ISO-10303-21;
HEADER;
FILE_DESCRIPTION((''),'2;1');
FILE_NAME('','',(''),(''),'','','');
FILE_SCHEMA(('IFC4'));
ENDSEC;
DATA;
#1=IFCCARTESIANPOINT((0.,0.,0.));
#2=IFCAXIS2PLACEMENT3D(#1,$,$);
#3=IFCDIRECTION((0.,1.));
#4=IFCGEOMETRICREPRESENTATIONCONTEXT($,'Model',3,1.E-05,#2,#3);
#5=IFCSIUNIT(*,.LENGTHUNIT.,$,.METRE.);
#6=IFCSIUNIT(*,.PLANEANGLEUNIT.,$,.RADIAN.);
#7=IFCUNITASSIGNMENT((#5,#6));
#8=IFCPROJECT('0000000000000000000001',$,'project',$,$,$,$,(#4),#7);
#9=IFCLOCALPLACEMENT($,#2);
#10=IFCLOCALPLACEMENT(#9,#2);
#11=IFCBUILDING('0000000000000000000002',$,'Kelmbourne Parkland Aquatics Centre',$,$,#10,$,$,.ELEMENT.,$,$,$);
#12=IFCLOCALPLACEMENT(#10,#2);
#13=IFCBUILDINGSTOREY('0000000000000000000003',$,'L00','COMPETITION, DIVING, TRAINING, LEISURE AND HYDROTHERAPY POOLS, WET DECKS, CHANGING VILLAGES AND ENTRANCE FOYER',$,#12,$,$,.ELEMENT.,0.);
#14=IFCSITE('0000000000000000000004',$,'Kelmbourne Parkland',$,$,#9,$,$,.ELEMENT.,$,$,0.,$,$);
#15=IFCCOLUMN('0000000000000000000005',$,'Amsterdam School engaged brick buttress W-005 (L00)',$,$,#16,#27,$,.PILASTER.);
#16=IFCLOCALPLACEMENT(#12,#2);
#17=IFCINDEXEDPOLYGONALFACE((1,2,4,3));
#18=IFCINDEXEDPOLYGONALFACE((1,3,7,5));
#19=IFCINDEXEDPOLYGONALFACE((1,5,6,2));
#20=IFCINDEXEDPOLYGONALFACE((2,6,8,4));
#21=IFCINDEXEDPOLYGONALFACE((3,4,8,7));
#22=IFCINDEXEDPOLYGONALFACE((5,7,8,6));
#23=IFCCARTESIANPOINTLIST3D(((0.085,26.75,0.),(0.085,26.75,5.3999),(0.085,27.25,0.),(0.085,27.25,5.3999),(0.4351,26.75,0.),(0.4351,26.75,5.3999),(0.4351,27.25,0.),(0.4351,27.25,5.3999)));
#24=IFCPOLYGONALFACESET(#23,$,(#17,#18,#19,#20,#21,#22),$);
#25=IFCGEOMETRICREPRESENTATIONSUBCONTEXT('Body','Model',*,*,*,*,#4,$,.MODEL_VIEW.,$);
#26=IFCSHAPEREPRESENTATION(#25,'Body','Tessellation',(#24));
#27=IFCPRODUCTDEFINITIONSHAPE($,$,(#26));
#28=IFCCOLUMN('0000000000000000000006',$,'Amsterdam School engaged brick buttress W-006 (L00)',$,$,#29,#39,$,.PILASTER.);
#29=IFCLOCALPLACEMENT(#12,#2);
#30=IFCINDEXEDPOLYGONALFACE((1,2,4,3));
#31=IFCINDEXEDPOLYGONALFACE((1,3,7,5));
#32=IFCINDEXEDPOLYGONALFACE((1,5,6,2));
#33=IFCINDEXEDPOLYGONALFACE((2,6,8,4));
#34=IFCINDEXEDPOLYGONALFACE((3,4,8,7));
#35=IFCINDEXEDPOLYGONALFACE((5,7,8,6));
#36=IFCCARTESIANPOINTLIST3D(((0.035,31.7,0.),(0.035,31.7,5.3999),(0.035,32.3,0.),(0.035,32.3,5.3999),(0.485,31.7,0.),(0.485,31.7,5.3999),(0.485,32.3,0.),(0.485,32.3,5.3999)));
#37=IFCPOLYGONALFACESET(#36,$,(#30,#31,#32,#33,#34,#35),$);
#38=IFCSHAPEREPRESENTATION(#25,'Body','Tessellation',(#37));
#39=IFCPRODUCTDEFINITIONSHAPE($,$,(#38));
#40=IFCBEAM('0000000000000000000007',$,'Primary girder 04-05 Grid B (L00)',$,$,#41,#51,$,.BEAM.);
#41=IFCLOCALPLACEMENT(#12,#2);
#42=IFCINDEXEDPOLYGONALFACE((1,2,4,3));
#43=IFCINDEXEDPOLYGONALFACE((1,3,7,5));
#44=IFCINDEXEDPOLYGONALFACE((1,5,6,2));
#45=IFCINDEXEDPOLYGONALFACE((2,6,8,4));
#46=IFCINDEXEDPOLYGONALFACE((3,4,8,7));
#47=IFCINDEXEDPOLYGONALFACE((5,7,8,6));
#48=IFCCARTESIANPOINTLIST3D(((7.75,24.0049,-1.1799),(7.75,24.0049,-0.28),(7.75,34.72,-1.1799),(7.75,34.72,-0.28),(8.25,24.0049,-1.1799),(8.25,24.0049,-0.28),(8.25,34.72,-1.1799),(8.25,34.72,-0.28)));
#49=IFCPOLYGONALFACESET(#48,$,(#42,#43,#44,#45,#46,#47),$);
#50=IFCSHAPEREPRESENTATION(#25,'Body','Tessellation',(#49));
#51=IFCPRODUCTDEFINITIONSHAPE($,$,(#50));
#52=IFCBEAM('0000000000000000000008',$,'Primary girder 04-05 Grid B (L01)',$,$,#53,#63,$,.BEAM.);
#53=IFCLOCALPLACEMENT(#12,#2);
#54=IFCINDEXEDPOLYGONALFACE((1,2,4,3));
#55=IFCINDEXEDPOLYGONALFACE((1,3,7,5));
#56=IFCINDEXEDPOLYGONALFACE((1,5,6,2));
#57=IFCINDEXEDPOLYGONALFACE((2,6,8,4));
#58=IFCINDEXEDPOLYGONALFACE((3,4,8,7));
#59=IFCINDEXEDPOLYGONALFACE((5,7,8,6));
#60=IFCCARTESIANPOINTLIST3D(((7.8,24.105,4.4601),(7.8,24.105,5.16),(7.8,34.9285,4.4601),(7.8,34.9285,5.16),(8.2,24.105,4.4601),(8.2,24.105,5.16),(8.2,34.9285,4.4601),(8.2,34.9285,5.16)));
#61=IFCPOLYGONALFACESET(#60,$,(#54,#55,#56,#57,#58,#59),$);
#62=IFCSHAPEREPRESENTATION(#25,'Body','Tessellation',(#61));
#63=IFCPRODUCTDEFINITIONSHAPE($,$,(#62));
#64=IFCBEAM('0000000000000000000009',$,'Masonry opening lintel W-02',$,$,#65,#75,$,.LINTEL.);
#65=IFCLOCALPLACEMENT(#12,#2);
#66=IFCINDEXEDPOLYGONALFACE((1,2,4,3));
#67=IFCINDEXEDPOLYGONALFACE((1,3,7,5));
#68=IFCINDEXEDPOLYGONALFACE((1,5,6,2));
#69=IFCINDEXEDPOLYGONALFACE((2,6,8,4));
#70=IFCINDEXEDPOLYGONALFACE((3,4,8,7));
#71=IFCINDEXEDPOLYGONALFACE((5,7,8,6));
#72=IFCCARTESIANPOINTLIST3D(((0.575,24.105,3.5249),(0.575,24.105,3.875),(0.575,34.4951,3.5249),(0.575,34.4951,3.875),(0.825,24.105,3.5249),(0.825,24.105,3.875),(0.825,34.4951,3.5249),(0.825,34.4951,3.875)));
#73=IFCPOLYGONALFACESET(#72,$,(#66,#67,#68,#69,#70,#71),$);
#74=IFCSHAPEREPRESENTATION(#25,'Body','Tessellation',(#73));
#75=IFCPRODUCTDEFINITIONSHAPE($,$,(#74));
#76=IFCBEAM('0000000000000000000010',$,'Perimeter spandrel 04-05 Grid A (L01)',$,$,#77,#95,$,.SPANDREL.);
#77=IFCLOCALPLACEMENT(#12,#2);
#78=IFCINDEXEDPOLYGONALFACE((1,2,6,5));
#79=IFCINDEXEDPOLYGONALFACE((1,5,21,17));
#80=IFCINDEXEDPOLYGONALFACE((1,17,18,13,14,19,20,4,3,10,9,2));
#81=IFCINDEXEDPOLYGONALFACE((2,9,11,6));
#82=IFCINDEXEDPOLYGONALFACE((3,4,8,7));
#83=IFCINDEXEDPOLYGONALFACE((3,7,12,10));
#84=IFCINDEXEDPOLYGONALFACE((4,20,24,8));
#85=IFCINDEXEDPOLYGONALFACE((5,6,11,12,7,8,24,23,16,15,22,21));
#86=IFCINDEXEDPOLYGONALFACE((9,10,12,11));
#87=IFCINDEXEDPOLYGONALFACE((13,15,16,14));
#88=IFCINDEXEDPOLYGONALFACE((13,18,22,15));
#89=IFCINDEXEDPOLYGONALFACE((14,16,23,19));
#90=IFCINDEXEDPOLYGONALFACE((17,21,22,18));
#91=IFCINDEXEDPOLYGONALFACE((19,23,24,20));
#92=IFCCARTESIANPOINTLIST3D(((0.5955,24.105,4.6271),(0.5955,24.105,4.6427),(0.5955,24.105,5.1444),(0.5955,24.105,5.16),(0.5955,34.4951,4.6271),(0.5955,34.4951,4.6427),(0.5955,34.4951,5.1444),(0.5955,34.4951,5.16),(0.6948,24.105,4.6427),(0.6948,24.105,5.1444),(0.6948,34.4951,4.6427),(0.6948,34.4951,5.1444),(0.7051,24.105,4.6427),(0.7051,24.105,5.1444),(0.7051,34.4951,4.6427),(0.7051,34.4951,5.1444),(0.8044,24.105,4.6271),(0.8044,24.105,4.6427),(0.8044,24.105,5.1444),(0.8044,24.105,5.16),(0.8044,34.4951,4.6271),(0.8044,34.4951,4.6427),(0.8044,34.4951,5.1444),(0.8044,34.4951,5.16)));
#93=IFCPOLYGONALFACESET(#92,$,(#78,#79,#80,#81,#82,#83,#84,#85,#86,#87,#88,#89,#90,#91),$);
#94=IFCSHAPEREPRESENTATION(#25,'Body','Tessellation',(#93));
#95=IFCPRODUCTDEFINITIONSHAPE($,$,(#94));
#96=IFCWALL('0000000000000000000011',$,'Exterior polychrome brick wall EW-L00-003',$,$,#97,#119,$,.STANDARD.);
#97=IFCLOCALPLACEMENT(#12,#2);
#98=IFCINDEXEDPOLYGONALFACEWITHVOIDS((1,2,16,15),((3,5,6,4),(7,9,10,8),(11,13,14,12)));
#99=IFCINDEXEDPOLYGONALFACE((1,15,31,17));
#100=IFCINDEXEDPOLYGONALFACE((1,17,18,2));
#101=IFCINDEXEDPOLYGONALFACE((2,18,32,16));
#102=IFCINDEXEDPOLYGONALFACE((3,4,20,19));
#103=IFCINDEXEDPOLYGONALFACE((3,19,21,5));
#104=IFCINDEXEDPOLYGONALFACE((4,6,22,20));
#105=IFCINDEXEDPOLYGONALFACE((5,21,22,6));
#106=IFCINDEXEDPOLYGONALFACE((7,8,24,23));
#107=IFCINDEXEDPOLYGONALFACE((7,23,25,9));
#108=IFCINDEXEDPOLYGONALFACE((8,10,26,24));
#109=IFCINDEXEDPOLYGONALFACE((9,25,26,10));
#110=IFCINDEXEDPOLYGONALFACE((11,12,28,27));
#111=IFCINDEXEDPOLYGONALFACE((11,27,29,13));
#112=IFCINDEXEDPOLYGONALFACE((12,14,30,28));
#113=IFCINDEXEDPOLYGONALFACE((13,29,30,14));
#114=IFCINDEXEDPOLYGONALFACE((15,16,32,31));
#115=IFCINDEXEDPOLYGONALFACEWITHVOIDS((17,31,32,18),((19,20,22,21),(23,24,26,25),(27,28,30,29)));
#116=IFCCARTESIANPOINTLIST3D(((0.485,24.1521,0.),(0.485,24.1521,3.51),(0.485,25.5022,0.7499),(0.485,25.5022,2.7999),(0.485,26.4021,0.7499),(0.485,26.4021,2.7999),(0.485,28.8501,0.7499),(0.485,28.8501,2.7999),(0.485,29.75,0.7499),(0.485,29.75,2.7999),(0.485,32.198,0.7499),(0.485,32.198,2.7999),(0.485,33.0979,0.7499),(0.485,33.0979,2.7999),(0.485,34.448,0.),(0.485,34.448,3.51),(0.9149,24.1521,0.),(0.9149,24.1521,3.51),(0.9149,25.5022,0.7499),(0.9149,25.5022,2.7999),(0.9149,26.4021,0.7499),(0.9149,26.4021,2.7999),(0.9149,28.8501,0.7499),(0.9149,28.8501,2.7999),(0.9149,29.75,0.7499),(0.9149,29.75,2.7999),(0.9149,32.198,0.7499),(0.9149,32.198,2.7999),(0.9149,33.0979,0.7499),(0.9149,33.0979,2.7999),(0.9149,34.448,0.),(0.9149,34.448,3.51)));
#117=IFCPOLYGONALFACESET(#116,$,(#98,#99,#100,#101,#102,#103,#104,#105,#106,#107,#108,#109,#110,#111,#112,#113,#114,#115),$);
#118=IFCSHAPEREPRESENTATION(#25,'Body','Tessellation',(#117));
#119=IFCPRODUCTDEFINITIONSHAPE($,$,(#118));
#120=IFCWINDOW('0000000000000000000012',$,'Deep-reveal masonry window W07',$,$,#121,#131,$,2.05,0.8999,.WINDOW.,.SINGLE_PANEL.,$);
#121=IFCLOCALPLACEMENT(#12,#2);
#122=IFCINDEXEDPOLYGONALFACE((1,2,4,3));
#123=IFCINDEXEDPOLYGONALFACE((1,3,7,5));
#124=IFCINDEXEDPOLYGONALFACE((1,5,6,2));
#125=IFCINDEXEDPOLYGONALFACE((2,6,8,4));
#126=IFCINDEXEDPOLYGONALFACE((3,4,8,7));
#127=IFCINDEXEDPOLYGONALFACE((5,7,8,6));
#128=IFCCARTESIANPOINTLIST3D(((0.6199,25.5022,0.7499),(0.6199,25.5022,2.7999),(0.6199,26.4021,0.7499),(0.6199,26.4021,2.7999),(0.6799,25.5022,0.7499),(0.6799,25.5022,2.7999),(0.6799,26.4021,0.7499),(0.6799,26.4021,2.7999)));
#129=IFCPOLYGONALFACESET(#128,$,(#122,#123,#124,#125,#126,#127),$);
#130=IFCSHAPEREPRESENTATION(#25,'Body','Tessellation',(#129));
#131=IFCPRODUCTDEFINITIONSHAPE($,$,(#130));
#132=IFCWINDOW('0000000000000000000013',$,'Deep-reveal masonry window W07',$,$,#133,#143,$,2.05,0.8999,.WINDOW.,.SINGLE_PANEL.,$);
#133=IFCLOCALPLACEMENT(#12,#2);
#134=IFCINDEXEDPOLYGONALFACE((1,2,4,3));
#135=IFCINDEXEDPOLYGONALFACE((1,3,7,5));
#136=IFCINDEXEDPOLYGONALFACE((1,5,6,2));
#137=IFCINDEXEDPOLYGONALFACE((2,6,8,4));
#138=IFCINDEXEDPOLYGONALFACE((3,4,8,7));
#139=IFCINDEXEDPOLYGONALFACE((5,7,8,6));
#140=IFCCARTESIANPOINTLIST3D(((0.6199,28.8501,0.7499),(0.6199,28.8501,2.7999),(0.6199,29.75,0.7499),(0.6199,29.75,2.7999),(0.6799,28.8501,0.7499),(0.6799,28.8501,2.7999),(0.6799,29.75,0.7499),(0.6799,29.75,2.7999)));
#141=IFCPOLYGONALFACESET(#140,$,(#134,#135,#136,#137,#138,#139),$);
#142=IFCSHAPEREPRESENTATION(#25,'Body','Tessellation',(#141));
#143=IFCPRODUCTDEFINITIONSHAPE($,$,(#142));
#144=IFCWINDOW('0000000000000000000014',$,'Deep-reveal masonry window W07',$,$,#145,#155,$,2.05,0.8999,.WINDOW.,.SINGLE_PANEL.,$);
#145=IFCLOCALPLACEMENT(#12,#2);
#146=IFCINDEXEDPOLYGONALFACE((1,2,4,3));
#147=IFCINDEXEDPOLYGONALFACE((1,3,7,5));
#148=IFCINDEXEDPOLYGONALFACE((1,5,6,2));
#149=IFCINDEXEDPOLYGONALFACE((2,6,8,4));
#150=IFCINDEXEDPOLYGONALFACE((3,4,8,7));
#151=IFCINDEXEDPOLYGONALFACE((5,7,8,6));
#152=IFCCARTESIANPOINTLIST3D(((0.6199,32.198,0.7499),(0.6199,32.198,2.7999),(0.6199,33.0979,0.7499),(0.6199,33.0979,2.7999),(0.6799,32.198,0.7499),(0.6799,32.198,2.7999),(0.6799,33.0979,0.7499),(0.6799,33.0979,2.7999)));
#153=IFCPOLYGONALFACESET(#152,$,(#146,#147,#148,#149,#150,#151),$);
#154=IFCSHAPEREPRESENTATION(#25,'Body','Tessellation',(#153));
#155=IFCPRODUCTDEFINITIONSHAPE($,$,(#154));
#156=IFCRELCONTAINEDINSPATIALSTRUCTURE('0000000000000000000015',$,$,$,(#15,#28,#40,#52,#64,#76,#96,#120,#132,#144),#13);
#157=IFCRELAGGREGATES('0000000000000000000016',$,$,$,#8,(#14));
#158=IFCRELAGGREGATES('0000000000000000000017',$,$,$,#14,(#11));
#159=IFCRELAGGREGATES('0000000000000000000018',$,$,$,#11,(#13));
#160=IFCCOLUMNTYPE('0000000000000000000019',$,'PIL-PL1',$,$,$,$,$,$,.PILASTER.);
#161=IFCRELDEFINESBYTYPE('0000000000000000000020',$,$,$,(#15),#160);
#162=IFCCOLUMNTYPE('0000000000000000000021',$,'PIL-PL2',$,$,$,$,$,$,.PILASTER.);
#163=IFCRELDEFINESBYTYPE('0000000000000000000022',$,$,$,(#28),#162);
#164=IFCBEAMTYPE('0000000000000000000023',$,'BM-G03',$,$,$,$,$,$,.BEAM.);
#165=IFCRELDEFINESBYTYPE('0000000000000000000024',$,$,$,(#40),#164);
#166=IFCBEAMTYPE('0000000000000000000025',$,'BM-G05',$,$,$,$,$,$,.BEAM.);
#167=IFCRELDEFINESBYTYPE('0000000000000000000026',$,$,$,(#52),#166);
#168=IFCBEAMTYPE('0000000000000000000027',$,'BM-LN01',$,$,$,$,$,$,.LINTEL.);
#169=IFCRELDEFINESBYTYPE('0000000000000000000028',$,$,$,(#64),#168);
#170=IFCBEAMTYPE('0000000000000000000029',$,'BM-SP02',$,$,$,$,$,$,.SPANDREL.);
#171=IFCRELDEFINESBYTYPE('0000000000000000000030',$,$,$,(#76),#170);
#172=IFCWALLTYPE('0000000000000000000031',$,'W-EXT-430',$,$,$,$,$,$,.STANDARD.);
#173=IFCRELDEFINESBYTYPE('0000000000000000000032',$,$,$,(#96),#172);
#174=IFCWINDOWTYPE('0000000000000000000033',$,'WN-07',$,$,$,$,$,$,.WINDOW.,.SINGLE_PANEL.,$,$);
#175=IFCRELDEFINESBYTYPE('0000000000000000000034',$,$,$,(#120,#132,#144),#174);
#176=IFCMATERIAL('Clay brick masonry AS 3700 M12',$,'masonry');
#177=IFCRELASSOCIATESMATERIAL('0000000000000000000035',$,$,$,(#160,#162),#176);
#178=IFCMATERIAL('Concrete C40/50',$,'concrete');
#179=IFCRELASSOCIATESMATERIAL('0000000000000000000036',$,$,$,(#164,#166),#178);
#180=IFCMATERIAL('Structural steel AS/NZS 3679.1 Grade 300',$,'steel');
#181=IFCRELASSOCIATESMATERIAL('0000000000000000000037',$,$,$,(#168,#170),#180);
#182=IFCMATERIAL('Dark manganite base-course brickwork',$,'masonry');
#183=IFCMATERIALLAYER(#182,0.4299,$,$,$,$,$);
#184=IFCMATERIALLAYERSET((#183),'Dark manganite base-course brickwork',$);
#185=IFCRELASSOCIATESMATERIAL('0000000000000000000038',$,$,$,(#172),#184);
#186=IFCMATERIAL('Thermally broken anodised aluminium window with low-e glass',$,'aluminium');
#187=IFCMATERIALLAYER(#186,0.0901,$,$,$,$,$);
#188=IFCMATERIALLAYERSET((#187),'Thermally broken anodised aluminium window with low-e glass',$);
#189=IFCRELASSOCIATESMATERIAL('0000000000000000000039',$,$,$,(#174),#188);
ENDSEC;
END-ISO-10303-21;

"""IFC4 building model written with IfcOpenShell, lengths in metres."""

from ifc_helpers import new_model, si_unit, direction, frame, frame_2d, origin, origin_2d, place, context, subcontext, project, spatial, rectangle, i_section, extrude, material, layer, layer_set, material_profile, profile_set, type_object, element, fill, save


model = new_model("IFC4")

# Units and contexts
model_context = context("Model", 3, precision=1e-05, world=origin(), true_north=direction((0.0, 1.0)))
body_context = subcontext(model_context, "Body", "Model", "MODEL_VIEW")
ifc_project = project(units=[si_unit("LENGTHUNIT", "METRE"), si_unit("PLANEANGLEUNIT", "RADIAN")], contexts=[model_context])

# Site, building, storey
site_placement = place(None, origin())
site = spatial("IfcSite", under=ifc_project, at=site_placement, Name="Kelmbourne Parkland", CompositionType="ELEMENT", RefElevation=0.0)
building_placement = place(site_placement, origin())
building = spatial("IfcBuilding", under=site, at=building_placement, Name="Kelmbourne Parkland Aquatics Centre", CompositionType="ELEMENT")
storey_placement = place(building_placement, origin())
storey = spatial("IfcBuildingStorey", under=building, at=storey_placement, Name="L00", Description="COMPETITION, DIVING, TRAINING, LEISURE AND HYDROTHERAPY POOLS, WET DECKS, CHANGING VILLAGES AND ENTRANCE FOYER", CompositionType="ELEMENT", Elevation=0.0)

# Columns
ifc_material_1 = material(Name="Clay brick masonry AS 3700 M12", Category="masonry")
ifc_material_profile_1 = material_profile(ifc_material_1, rectangle(XDim=0.3501, YDim=0.5, at=origin_2d()), Name="PIL 350x500")
ifc_profile_set_1 = profile_set([ifc_material_profile_1], Name="Clay brick masonry AS 3700 M12")
column_type_1 = type_object("IfcColumnType", Name="PIL-PL1", PredefinedType="PILASTER", material=ifc_profile_set_1)
column_1_placement = place(storey_placement, frame((0.26, 27.0, 0.0), z_axis=(0.0, 0.0, 1.0), x_axis=(1.0, 0.0, 0.0)))
element("IfcColumn", 1, at=column_1_placement, inside=storey, type_object=column_type_1, Name="Amsterdam School engaged brick buttress W-005 (L00)", PredefinedType="PILASTER", context=body_context, shape_type="SweptSolid", body=[
    extrude(rectangle(XDim=0.3501, YDim=0.5, at=origin_2d()), origin(), (0.0, 0.0, 1.0), 5.3999),
])
ifc_material_profile_2 = material_profile(ifc_material_1, rectangle(XDim=0.45, YDim=0.6001, at=origin_2d()), Name="PIL 450x600")
ifc_profile_set_2 = profile_set([ifc_material_profile_2], Name="Clay brick masonry AS 3700 M12")
column_type_2 = type_object("IfcColumnType", Name="PIL-PL2", PredefinedType="PILASTER", material=ifc_profile_set_2)
column_2_placement = place(storey_placement, frame((0.26, 32.0, 0.0), z_axis=(0.0, 0.0, 1.0), x_axis=(1.0, 0.0, 0.0)))
element("IfcColumn", 2, at=column_2_placement, inside=storey, type_object=column_type_2, Name="Amsterdam School engaged brick buttress W-006 (L00)", PredefinedType="PILASTER", context=body_context, shape_type="SweptSolid", body=[
    extrude(rectangle(XDim=0.45, YDim=0.6001, at=origin_2d()), origin(), (0.0, 0.0, 1.0), 5.3999),
])

# Beams
ifc_material_2 = material(Name="Concrete C40/50", Category="concrete")
ifc_material_profile_3 = material_profile(ifc_material_2, rectangle(XDim=0.5, YDim=0.8999, at=origin_2d()), Name="RC 500x900")
ifc_profile_set_3 = profile_set([ifc_material_profile_3], Name="Concrete C40/50")
beam_type_1 = type_object("IfcBeamType", Name="BM-G03", PredefinedType="BEAM", material=ifc_profile_set_3)
beam_1_placement = place(storey_placement, frame((8.0, 24.0049, -0.73), z_axis=(0.0, 1.0, 0.0), x_axis=(-1.0, 0.0, 0.0)))
element("IfcBeam", 3, at=beam_1_placement, inside=storey, type_object=beam_type_1, Name="Primary girder 04-05 Grid B (L00)", PredefinedType="BEAM", context=body_context, shape_type="SweptSolid", body=[
    extrude(rectangle(XDim=0.5, YDim=0.8999, at=origin_2d()), origin(), (0.0, 0.0, 1.0), 10.7151),
])
ifc_material_profile_4 = material_profile(ifc_material_2, rectangle(XDim=0.3999, YDim=0.7, at=origin_2d()), Name="RC 400x700")
ifc_profile_set_4 = profile_set([ifc_material_profile_4], Name="Concrete C40/50")
beam_type_2 = type_object("IfcBeamType", Name="BM-G05", PredefinedType="BEAM", material=ifc_profile_set_4)
beam_2_placement = place(storey_placement, frame((8.0, 24.105, 4.8101), z_axis=(0.0, 1.0, 0.0), x_axis=(-1.0, 0.0, 0.0)))
element("IfcBeam", 4, at=beam_2_placement, inside=storey, type_object=beam_type_2, Name="Primary girder 04-05 Grid B (L01)", PredefinedType="BEAM", context=body_context, shape_type="SweptSolid", body=[
    extrude(rectangle(XDim=0.3999, YDim=0.7, at=origin_2d()), origin(), (0.0, 0.0, 1.0), 10.8235),
])
ifc_material_3 = material(Name="Structural steel AS/NZS 3679.1 Grade 300", Category="steel")
ifc_material_profile_5 = material_profile(ifc_material_3, rectangle(XDim=0.25, YDim=0.3501, at=origin_2d()), Name="LNT 250x350")
ifc_profile_set_5 = profile_set([ifc_material_profile_5], Name="Structural steel AS/NZS 3679.1 Grade 300")
beam_type_3 = type_object("IfcBeamType", Name="BM-LN01", PredefinedType="LINTEL", material=ifc_profile_set_5)
beam_3_placement = place(storey_placement, frame((0.7, 24.105, 3.7), z_axis=(0.0, 1.0, 0.0), x_axis=(-1.0, 0.0, 0.0)))
element("IfcBeam", 5, at=beam_3_placement, inside=storey, type_object=beam_type_3, Name="Masonry opening lintel W-02", PredefinedType="LINTEL", context=body_context, shape_type="SweptSolid", body=[
    extrude(rectangle(XDim=0.25, YDim=0.3501, at=origin_2d()), origin(), (0.0, 0.0, 1.0), 10.3901),
])
ifc_material_profile_6 = material_profile(ifc_material_3, i_section(OverallWidth=0.209, OverallDepth=0.533, WebThickness=0.0103, FlangeThickness=0.0156, at=origin_2d()), Name="530UB92.4")
ifc_profile_set_6 = profile_set([ifc_material_profile_6], Name="Structural steel AS/NZS 3679.1 Grade 300")
beam_type_4 = type_object("IfcBeamType", Name="BM-SP02", PredefinedType="SPANDREL", material=ifc_profile_set_6)
beam_4_placement = place(storey_placement, frame((0.7, 24.105, 4.8936), z_axis=(0.0, 1.0, 0.0), x_axis=(-1.0, 0.0, 0.0)))
element("IfcBeam", 6, at=beam_4_placement, inside=storey, type_object=beam_type_4, Name="Perimeter spandrel 04-05 Grid A (L01)", PredefinedType="SPANDREL", context=body_context, shape_type="SweptSolid", body=[
    extrude(i_section(OverallWidth=0.209, OverallDepth=0.533, WebThickness=0.0103, FlangeThickness=0.0156, at=origin_2d()), origin(), (0.0, 0.0, 1.0), 10.3901),
])

# Wall, openings, windows
ifc_material_4 = material(Name="Dark manganite base-course brickwork", Category="masonry")
ifc_layer_1 = layer(ifc_material_4, 0.4299)
ifc_layer_set_1 = layer_set([ifc_layer_1], Name="Dark manganite base-course brickwork")
wall_type_1 = type_object("IfcWallType", Name="W-EXT-430", PredefinedType="STANDARD", material=ifc_layer_set_1)
wall_1_placement = place(storey_placement, frame((0.7, 24.1521, 0.0), z_axis=(0.0, 0.0, 1.0), x_axis=(0.0, 1.0, 0.0)))
wall_1 = element("IfcWall", 7, at=wall_1_placement, inside=storey, type_object=wall_type_1, Name="Exterior polychrome brick wall EW-L00-003", PredefinedType="STANDARD", context=body_context, shape_type="SweptSolid", body=[
    extrude(rectangle(XDim=10.2959, YDim=0.4299, at=frame_2d((5.1479, 0.0))), origin(), (0.0, 0.0, 1.0), 3.51),
])
opening_1_placement = place(wall_1_placement, frame((1.3501, 0.0, 0.75)))
opening_1 = element("IfcOpeningElement", 8, at=opening_1_placement, cuts=wall_1, PredefinedType="OPENING", context=body_context, shape_type="SweptSolid", body=[
    extrude(rectangle(XDim=0.8999, YDim=2.05, at=frame_2d((0.45, 1.0249))), frame((0.0, 0.2271, 0.0), z_axis=(0.0, -1.0, 0.0), x_axis=(1.0, 0.0, 0.0)), (0.0, 0.0, 1.0), 0.4539),
])
opening_2_placement = place(wall_1_placement, frame((4.698, 0.0, 0.75)))
opening_2 = element("IfcOpeningElement", 9, at=opening_2_placement, cuts=wall_1, PredefinedType="OPENING", context=body_context, shape_type="SweptSolid", body=[
    extrude(rectangle(XDim=0.8999, YDim=2.05, at=frame_2d((0.45, 1.0249))), frame((0.0, 0.2271, 0.0), z_axis=(0.0, -1.0, 0.0), x_axis=(1.0, 0.0, 0.0)), (0.0, 0.0, 1.0), 0.4539),
])
opening_3_placement = place(wall_1_placement, frame((8.0459, 0.0, 0.75)))
opening_3 = element("IfcOpeningElement", 10, at=opening_3_placement, cuts=wall_1, PredefinedType="OPENING", context=body_context, shape_type="SweptSolid", body=[
    extrude(rectangle(XDim=0.8999, YDim=2.05, at=frame_2d((0.45, 1.0249))), frame((0.0, 0.2271, 0.0), z_axis=(0.0, -1.0, 0.0), x_axis=(1.0, 0.0, 0.0)), (0.0, 0.0, 1.0), 0.4539),
])
ifc_material_5 = material(Name="Thermally broken anodised aluminium window with low-e glass", Category="aluminium")
ifc_layer_2 = layer(ifc_material_5, 0.0901)
ifc_layer_set_2 = layer_set([ifc_layer_2], Name="Thermally broken anodised aluminium window with low-e glass")
window_type = type_object("IfcWindowType", Name="WN-07", PartitioningType="SINGLE_PANEL", PredefinedType="WINDOW", material=ifc_layer_set_2)
window_1_placement = place(opening_1_placement, origin())
window_1 = element("IfcWindow", 11, at=window_1_placement, inside=storey, type_object=window_type, Name="Deep-reveal masonry window W07", OverallHeight=2.05, OverallWidth=0.8999, PartitioningType="SINGLE_PANEL", PredefinedType="WINDOW", context=body_context, shape_type="SweptSolid", body=[
    extrude(rectangle(XDim=0.8999, YDim=2.05, at=frame_2d((0.45, 1.0249))), frame((0.0, 0.0801, 0.0), z_axis=(0.0, -1.0, 0.0), x_axis=(1.0, 0.0, 0.0)), (0.0, 0.0, 1.0), 0.0601),
])
fill(opening_1, window_1)
window_2_placement = place(opening_2_placement, origin())
window_2 = element("IfcWindow", 12, at=window_2_placement, inside=storey, type_object=window_type, Name="Deep-reveal masonry window W07", OverallHeight=2.05, OverallWidth=0.8999, PartitioningType="SINGLE_PANEL", PredefinedType="WINDOW", context=body_context, shape_type="SweptSolid", body=[
    extrude(rectangle(XDim=0.8999, YDim=2.05, at=frame_2d((0.45, 1.0249))), frame((0.0, 0.0801, 0.0), z_axis=(0.0, -1.0, 0.0), x_axis=(1.0, 0.0, 0.0)), (0.0, 0.0, 1.0), 0.0601),
])
fill(opening_2, window_2)
window_3_placement = place(opening_3_placement, origin())
window_3 = element("IfcWindow", 13, at=window_3_placement, inside=storey, type_object=window_type, Name="Deep-reveal masonry window W07", OverallHeight=2.05, OverallWidth=0.8999, PartitioningType="SINGLE_PANEL", PredefinedType="WINDOW", context=body_context, shape_type="SweptSolid", body=[
    extrude(rectangle(XDim=0.8999, YDim=2.05, at=frame_2d((0.45, 1.0249))), frame((0.0, 0.0801, 0.0), z_axis=(0.0, -1.0, 0.0), x_axis=(1.0, 0.0, 0.0)), (0.0, 0.0, 1.0), 0.0601),
])
fill(opening_3, window_3)

save(model, "model.ifc")
